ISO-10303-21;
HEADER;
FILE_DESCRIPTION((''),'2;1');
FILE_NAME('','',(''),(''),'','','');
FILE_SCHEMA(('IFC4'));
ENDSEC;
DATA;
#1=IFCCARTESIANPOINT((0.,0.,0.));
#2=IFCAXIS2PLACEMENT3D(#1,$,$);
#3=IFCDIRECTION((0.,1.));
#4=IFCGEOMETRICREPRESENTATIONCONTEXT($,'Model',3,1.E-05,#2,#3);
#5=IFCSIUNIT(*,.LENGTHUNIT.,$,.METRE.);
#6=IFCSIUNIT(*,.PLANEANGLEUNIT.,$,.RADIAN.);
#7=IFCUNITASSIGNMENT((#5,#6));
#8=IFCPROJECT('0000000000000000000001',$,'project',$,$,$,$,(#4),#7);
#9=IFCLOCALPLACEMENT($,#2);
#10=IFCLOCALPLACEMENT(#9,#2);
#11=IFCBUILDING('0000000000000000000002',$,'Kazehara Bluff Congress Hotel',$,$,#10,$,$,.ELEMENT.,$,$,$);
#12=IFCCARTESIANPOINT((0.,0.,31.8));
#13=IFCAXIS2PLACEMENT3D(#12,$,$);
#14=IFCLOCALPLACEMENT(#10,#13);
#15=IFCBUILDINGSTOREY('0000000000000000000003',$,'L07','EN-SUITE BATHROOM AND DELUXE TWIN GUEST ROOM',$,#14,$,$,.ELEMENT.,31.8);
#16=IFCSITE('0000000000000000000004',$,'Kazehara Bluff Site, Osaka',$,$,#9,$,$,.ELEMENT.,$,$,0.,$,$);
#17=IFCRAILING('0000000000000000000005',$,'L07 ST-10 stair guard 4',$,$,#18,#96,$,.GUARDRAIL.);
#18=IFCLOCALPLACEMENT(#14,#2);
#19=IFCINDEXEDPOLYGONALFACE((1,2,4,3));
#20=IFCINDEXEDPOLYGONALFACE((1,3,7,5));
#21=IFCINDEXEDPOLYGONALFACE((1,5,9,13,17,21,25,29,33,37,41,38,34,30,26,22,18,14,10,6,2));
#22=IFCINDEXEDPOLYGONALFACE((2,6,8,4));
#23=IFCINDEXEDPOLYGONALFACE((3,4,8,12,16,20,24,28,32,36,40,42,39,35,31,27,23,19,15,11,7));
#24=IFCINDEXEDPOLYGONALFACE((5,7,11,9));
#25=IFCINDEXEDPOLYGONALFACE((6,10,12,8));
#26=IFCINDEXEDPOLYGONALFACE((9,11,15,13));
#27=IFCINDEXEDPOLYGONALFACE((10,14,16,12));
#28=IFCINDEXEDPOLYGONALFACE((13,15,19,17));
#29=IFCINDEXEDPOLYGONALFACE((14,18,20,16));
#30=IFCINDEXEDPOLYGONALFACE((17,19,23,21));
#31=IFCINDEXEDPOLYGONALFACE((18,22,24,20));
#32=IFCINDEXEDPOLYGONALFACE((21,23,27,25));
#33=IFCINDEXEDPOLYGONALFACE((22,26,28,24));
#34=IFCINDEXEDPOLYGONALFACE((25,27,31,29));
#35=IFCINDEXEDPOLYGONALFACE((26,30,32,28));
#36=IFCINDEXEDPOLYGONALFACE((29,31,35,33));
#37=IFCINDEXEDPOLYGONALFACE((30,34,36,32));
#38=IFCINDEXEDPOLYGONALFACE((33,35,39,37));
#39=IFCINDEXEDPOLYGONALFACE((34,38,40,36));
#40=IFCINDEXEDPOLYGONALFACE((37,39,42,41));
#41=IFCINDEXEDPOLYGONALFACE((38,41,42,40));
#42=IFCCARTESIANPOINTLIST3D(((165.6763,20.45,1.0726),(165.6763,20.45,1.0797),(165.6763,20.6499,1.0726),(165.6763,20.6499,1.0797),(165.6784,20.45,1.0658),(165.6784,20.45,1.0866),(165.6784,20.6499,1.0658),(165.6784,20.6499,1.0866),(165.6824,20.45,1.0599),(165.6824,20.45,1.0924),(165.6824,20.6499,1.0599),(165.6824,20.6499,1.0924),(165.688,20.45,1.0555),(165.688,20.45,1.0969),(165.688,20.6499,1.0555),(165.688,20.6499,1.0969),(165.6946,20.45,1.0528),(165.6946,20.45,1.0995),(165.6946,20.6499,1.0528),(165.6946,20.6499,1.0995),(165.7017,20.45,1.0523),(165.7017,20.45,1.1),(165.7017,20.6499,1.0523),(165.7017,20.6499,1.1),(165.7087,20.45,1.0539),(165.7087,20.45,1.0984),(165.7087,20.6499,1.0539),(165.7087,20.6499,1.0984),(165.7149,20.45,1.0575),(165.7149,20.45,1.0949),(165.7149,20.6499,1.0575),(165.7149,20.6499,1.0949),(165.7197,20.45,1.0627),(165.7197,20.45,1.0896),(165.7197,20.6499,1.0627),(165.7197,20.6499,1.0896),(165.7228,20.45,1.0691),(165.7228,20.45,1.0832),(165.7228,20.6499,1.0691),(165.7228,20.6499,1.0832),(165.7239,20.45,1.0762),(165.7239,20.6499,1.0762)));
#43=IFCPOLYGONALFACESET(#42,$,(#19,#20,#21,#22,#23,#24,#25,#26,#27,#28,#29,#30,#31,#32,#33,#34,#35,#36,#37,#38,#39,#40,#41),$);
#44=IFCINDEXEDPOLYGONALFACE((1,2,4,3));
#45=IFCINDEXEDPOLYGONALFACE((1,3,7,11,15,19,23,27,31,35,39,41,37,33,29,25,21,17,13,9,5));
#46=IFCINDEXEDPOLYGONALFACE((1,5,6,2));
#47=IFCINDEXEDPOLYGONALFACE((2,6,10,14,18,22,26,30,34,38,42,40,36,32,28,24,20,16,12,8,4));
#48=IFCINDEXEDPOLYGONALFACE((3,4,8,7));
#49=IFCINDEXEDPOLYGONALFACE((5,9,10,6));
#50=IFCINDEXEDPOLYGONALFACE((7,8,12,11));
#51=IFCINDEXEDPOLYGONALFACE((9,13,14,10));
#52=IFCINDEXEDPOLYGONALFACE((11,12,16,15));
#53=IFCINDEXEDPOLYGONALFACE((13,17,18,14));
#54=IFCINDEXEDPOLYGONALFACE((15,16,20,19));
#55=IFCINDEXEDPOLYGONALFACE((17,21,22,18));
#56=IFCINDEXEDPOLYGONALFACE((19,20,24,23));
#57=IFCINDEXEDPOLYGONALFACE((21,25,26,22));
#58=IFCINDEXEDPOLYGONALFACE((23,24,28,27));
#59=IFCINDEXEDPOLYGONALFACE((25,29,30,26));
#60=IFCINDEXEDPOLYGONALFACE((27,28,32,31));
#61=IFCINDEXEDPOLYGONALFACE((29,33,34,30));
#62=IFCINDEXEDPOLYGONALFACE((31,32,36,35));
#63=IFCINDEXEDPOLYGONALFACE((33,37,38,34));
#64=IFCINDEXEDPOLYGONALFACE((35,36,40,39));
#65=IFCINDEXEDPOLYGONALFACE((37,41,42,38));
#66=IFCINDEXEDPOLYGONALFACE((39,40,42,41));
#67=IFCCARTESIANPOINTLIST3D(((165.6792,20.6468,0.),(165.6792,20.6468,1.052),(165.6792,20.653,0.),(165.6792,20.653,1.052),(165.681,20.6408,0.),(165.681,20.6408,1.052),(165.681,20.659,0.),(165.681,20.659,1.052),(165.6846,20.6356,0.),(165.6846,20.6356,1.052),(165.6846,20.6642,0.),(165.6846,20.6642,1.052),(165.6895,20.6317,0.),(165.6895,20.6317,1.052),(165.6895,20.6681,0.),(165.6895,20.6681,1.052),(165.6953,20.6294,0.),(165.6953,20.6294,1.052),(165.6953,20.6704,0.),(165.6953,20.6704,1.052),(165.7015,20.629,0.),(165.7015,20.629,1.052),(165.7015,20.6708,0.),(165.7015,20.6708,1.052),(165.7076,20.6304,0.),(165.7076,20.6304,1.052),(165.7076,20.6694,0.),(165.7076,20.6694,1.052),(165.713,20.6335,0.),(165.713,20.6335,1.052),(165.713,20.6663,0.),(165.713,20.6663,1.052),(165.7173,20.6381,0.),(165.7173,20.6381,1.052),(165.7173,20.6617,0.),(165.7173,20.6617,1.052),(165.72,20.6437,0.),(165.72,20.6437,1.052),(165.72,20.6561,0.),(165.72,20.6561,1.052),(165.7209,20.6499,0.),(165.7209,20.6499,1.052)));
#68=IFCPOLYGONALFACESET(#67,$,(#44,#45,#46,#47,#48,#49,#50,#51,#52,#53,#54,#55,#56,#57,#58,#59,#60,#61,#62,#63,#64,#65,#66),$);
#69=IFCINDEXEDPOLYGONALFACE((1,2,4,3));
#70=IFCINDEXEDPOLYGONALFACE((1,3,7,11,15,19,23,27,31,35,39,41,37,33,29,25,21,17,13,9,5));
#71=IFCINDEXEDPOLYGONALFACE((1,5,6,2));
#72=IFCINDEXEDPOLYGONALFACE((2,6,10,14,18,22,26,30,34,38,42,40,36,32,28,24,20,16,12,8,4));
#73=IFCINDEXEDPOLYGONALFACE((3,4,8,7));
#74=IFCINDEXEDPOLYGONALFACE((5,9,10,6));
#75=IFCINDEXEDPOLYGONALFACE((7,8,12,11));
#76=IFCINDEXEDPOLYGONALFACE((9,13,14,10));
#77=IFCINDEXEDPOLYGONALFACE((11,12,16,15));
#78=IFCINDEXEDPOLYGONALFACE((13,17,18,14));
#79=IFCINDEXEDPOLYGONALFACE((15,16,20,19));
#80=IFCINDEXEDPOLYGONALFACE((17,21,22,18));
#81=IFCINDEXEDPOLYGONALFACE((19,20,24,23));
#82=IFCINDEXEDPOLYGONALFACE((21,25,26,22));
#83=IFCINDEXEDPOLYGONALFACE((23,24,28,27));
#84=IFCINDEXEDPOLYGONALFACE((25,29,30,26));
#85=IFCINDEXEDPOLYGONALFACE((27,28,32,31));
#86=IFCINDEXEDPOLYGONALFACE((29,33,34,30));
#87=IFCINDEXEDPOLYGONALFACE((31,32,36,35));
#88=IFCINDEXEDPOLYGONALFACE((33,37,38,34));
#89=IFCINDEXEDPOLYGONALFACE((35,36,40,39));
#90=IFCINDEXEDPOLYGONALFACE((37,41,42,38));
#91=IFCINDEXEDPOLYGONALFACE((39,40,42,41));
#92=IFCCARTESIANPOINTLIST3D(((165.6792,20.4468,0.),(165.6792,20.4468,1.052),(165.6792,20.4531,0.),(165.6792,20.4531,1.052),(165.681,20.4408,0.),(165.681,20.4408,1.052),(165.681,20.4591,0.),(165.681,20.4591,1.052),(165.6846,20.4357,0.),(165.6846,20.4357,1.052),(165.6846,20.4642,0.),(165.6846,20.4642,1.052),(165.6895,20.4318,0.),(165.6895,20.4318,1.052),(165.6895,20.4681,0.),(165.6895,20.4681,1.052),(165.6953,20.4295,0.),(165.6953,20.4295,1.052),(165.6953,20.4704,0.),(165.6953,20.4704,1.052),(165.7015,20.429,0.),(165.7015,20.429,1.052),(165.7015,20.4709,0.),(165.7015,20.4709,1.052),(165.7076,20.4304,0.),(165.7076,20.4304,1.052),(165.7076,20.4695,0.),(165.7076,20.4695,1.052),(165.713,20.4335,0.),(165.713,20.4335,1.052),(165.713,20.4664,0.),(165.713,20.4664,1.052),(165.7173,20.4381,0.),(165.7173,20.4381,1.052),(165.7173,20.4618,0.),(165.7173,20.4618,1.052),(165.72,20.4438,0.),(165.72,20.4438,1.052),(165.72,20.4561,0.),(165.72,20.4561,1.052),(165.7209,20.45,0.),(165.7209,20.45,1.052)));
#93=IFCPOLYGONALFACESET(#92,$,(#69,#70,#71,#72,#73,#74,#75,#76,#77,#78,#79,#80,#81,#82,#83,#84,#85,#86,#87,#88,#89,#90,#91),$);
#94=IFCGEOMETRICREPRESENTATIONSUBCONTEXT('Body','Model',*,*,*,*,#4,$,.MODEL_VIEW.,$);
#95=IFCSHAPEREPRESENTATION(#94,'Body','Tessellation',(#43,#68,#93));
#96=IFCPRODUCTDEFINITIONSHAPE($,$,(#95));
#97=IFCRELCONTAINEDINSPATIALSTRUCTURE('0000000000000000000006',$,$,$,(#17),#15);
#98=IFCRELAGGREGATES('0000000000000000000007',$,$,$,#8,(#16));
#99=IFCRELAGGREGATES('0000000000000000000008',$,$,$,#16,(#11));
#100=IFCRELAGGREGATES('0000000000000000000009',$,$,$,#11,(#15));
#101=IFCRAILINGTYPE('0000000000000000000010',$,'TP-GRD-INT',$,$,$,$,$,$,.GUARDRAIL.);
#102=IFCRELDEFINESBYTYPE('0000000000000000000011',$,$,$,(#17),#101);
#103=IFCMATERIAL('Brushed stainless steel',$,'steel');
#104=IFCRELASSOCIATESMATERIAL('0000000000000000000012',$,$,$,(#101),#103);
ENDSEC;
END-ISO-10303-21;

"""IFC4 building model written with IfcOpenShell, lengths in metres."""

from ifc_helpers import new_model, si_unit, direction, frame, origin, origin_2d, place, context, subcontext, project, spatial, circle, extrude, material, type_object, element, save


model = new_model("IFC4")

# Units and contexts
model_context = context("Model", 3, precision=1e-05, world=origin(), true_north=direction((0.0, 1.0)))
body_context = subcontext(model_context, "Body", "Model", "MODEL_VIEW")
ifc_project = project(units=[si_unit("LENGTHUNIT", "METRE"), si_unit("PLANEANGLEUNIT", "RADIAN")], contexts=[model_context])

# Site, building, storey
site_placement = place(None, origin())
site = spatial("IfcSite", under=ifc_project, at=site_placement, Name="Kazehara Bluff Site, Osaka", CompositionType="ELEMENT", RefElevation=0.0)
building_placement = place(site_placement, origin())
building = spatial("IfcBuilding", under=site, at=building_placement, Name="Kazehara Bluff Congress Hotel", CompositionType="ELEMENT")
storey_placement = place(building_placement, frame((0.0, 0.0, 31.8)))
storey = spatial("IfcBuildingStorey", under=building, at=storey_placement, Name="L07", Description="EN-SUITE BATHROOM AND DELUXE TWIN GUEST ROOM", CompositionType="ELEMENT", Elevation=31.8)

# Railing
ifc_material_1 = material(Name="Brushed stainless steel", Category="steel")
railing_type_1 = type_object("IfcRailingType", Name="TP-GRD-INT", PredefinedType="GUARDRAIL", material=ifc_material_1)
railing_1_placement = place(storey_placement, frame((165.7, 20.6499, 0.0)))
element("IfcRailing", 1, at=railing_1_placement, inside=storey, type_object=railing_type_1, Name="L07 ST-10 stair guard 4", PredefinedType="GUARDRAIL", context=body_context, shape_type="SweptSolid", body=[
    extrude(circle(Radius=0.0239, at=origin_2d()), frame((0.0, 0.0, 1.0762), z_axis=(0.0, -1.0, 0.0), x_axis=(1.0, 0.0, 0.0)), (0.0, 0.0, 1.0), 0.2),
    extrude(circle(Radius=0.021, at=origin_2d()), origin(), (0.0, 0.0, 1.0), 1.052),
    extrude(circle(Radius=0.021, at=origin_2d()), frame((0.0, -0.2, 0.0)), (0.0, 0.0, 1.0), 1.052),
])

save(model, "model.ifc")
